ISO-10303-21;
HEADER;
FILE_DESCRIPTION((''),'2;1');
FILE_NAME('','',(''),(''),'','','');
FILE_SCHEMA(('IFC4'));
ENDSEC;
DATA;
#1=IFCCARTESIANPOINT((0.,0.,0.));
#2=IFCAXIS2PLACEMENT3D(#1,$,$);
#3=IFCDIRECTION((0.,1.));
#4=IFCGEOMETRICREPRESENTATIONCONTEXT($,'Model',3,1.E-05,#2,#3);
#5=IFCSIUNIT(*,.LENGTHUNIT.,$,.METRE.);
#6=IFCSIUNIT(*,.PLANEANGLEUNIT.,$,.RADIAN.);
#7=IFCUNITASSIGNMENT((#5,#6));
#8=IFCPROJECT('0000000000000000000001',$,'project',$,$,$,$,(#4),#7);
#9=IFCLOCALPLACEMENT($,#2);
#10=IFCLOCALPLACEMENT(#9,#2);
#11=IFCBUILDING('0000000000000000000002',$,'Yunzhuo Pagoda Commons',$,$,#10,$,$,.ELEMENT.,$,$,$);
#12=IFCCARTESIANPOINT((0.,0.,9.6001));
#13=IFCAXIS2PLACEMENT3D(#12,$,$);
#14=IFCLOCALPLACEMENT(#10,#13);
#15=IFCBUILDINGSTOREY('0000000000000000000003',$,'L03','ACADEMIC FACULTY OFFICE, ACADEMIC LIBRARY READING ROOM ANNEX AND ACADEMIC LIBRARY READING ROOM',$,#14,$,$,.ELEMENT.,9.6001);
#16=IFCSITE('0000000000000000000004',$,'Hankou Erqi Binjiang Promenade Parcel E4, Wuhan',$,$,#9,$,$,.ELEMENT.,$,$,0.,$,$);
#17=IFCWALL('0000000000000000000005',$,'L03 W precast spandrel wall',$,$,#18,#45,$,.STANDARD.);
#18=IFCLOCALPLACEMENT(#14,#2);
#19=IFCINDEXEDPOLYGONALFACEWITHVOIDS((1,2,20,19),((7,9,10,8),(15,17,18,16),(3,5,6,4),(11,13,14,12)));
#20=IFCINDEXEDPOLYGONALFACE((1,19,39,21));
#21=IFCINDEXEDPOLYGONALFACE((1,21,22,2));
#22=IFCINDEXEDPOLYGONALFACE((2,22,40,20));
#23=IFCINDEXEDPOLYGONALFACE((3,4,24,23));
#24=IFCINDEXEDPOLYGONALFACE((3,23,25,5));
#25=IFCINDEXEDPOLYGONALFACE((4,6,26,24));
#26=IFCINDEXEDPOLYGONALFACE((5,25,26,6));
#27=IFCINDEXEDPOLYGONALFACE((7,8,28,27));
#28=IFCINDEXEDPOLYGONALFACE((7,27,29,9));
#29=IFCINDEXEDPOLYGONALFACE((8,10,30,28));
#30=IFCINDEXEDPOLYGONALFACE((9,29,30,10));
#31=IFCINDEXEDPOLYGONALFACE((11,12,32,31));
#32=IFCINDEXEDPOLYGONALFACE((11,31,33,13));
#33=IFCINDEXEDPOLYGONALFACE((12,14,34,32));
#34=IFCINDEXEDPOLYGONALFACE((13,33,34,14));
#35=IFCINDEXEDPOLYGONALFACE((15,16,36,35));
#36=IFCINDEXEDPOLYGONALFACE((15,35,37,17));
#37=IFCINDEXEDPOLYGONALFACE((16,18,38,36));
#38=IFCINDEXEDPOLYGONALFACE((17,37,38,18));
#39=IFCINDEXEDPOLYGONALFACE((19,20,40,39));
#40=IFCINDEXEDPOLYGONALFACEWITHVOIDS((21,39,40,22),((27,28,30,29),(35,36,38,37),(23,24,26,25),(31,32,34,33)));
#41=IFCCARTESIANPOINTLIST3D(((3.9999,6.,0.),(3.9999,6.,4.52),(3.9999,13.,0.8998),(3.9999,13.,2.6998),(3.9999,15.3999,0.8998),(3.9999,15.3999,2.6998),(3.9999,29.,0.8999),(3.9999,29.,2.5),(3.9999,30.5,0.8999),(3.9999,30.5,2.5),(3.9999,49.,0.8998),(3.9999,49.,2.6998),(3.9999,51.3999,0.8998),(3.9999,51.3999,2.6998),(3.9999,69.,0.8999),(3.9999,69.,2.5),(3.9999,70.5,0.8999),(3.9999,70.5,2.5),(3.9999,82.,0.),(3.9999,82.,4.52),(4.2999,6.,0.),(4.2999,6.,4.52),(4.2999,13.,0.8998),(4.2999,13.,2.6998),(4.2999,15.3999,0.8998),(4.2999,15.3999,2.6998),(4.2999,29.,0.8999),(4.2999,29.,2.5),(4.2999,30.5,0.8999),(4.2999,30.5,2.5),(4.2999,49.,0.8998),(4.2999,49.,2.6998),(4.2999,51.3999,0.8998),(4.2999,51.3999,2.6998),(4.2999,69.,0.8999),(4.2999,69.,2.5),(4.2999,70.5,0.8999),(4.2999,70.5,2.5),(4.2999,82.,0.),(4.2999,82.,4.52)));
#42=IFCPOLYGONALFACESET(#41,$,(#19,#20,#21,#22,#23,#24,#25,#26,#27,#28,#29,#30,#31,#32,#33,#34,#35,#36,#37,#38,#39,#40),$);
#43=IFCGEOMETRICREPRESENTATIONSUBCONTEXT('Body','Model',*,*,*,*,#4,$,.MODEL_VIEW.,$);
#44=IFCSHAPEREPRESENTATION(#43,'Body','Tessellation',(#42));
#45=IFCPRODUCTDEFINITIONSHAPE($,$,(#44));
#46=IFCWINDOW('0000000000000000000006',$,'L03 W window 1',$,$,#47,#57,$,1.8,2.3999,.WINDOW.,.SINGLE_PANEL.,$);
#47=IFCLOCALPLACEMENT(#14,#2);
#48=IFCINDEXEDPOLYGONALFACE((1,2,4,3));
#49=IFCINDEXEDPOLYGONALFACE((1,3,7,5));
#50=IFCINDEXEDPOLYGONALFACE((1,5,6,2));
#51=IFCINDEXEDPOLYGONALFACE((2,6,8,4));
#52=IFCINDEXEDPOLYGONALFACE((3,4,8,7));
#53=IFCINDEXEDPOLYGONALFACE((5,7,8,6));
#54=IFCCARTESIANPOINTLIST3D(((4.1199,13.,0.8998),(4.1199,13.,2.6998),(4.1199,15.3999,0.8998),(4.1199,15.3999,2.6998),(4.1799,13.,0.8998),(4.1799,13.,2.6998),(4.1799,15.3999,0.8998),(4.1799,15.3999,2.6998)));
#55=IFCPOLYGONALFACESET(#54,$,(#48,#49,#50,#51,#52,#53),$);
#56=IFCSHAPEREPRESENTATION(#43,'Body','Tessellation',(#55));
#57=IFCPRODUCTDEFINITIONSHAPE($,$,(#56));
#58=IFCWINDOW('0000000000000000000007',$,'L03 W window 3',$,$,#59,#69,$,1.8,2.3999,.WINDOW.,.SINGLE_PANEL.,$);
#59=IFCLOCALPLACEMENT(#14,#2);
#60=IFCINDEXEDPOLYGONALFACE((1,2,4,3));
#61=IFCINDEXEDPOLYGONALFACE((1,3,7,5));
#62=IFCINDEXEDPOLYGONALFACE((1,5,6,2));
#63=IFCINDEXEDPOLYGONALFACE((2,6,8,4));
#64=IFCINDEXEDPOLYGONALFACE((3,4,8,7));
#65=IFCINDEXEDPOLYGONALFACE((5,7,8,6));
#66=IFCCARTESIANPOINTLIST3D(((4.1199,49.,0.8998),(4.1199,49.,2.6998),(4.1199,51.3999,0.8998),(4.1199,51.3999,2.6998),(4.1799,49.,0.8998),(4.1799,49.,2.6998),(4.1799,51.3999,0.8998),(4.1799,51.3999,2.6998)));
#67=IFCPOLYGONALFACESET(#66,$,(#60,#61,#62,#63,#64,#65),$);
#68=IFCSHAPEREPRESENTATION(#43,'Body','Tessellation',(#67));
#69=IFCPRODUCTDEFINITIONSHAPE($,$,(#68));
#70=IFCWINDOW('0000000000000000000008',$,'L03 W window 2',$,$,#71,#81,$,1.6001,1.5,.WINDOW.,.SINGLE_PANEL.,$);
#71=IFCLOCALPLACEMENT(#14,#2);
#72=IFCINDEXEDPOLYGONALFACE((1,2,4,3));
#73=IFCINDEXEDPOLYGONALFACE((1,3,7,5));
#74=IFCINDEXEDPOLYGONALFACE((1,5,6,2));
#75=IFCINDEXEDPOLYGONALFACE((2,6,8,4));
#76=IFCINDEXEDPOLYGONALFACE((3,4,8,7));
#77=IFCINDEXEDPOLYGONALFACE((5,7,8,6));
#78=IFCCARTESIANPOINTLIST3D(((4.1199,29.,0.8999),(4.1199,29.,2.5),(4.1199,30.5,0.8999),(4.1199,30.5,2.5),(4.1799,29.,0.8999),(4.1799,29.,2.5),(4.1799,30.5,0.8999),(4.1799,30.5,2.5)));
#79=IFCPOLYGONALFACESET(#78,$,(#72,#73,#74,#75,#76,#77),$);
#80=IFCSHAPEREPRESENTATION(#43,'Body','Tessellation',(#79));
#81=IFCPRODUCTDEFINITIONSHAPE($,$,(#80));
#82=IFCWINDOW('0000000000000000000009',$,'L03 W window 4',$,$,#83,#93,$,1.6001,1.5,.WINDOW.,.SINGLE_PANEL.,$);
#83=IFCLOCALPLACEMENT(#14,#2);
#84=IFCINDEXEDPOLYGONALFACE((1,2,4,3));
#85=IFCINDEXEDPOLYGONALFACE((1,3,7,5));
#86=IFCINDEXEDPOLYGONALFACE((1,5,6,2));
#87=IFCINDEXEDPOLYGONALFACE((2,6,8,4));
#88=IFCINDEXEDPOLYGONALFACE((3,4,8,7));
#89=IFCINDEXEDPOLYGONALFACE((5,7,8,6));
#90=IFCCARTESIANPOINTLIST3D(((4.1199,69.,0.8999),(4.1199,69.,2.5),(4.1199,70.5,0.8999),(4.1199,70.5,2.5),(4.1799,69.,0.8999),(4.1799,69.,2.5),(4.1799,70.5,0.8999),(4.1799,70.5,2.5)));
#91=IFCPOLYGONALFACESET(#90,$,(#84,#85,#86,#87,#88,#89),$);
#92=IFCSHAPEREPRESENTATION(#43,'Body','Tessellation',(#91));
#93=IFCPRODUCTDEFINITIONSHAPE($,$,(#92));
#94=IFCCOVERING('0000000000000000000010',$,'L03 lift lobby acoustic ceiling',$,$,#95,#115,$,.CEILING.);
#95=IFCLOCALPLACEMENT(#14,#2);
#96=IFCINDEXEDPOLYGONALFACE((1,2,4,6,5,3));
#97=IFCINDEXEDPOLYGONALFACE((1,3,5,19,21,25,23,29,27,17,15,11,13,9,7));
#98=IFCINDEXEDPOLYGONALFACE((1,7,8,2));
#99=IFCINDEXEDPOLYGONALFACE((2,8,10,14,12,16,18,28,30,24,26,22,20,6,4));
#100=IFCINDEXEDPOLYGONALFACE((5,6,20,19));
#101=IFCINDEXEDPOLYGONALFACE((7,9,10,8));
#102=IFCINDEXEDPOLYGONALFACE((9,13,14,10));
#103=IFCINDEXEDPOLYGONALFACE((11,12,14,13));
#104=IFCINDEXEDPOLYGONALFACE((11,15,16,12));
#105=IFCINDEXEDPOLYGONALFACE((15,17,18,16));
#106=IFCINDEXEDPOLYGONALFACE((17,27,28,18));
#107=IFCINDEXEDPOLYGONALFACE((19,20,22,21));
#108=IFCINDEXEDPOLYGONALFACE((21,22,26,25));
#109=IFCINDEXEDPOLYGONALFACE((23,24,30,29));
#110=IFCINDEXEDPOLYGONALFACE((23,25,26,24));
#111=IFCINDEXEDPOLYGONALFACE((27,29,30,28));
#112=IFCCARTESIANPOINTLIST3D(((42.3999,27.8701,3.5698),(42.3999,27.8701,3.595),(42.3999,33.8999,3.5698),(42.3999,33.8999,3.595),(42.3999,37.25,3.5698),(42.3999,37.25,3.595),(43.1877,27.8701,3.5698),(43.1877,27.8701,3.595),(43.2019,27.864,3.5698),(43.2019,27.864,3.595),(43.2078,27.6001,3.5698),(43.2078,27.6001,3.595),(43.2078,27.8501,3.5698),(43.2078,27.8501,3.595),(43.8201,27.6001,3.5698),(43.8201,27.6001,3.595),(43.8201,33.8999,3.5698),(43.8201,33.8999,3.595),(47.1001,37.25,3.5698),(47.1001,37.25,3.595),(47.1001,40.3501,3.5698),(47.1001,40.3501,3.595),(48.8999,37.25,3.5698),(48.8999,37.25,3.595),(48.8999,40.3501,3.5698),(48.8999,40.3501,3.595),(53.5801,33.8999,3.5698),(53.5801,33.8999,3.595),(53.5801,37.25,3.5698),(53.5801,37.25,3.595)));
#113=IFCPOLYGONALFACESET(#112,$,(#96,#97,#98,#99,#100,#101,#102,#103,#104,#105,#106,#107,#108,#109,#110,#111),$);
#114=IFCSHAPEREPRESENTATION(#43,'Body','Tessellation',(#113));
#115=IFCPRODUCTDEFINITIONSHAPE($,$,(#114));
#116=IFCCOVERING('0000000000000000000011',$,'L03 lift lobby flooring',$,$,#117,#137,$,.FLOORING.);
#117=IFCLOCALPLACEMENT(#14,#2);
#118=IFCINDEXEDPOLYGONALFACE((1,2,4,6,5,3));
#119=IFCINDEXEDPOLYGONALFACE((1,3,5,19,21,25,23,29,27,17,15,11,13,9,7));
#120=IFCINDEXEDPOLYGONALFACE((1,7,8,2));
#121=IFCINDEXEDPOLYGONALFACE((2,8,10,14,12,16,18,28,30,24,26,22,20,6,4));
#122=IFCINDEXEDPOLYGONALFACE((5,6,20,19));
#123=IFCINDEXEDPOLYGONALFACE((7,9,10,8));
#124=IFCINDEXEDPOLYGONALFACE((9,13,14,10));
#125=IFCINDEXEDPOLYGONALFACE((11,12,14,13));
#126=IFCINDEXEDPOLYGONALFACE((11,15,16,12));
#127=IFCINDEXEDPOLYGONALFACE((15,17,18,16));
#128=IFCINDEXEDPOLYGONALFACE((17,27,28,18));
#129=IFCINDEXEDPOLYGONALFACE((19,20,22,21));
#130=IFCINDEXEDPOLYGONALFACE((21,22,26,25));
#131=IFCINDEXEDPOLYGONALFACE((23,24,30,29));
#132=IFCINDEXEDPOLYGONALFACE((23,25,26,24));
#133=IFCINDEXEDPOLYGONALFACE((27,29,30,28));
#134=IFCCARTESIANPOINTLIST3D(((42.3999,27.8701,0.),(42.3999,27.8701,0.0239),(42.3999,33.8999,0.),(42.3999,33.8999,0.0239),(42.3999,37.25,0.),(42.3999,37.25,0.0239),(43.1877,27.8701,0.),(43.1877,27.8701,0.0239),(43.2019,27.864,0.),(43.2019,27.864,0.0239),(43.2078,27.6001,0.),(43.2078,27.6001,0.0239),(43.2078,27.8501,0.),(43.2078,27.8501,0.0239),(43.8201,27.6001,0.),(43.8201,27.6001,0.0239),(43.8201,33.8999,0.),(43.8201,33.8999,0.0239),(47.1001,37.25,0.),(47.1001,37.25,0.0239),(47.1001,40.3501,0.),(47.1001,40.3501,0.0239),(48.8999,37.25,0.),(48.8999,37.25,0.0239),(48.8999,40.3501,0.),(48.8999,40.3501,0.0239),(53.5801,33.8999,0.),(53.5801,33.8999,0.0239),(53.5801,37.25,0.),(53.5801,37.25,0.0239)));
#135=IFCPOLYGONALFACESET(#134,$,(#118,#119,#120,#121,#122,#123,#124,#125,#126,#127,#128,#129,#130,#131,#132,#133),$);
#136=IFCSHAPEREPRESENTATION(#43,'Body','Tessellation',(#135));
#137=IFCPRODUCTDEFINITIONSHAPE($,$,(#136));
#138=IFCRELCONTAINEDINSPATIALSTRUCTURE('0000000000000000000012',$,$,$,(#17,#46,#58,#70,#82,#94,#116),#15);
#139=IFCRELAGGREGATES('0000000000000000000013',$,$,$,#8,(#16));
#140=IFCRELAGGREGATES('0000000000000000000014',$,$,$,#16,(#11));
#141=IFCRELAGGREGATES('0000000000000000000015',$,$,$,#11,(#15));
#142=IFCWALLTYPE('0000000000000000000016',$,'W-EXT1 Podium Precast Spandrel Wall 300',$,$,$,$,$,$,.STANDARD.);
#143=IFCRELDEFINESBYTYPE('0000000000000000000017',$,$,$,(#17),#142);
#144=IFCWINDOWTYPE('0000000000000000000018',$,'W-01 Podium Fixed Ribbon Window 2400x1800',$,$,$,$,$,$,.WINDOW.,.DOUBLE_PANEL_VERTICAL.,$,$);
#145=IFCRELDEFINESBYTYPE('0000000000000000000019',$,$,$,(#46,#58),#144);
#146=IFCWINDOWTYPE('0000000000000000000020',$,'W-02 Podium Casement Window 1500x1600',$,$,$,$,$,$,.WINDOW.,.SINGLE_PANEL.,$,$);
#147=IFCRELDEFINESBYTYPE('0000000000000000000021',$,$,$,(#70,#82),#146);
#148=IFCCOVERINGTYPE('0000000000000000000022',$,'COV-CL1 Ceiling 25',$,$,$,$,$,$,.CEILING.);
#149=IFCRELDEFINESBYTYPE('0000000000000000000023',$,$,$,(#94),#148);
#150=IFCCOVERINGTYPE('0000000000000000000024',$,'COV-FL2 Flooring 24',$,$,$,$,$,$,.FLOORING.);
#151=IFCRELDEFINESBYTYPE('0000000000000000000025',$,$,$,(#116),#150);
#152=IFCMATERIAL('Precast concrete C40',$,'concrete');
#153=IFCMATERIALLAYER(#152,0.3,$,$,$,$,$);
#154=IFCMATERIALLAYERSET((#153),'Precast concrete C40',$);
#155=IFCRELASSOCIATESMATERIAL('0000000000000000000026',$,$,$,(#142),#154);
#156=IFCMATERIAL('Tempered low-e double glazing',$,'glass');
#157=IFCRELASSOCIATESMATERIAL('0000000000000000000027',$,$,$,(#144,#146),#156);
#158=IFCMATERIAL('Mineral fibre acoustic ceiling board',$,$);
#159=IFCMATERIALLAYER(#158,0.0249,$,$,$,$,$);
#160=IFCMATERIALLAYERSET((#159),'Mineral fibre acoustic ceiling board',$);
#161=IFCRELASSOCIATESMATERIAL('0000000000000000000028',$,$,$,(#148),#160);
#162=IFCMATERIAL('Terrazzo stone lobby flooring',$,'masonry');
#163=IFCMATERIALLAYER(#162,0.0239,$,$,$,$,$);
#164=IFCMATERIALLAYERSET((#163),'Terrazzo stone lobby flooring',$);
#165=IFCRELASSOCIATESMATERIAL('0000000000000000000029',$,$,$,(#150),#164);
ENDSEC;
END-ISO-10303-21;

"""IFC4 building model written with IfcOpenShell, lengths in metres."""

from ifc_helpers import new_model, si_unit, direction, frame, frame_2d, origin, origin_with_axes, place, context, subcontext, project, spatial, polyline, rectangle, outline, extrude, source, transform, mapped, material, layer, layer_set, type_object, element, fill, save


model = new_model("IFC4")

# Units and contexts
model_context = context("Model", 3, precision=1e-05, world=origin(), true_north=direction((0.0, 1.0)))
body_context = subcontext(model_context, "Body", "Model", "MODEL_VIEW")
ifc_project = project(units=[si_unit("LENGTHUNIT", "METRE"), si_unit("PLANEANGLEUNIT", "RADIAN")], contexts=[model_context])

# Site, building, storey
site_placement = place(None, origin())
site = spatial("IfcSite", under=ifc_project, at=site_placement, Name="Hankou Erqi Binjiang Promenade Parcel E4, Wuhan", CompositionType="ELEMENT", RefElevation=0.0)
building_placement = place(site_placement, origin())
building = spatial("IfcBuilding", under=site, at=building_placement, Name="Yunzhuo Pagoda Commons", CompositionType="ELEMENT")
storey_placement = place(building_placement, frame((0.0, 0.0, 9.6001)))
storey = spatial("IfcBuildingStorey", under=building, at=storey_placement, Name="L03", Description="ACADEMIC FACULTY OFFICE, ACADEMIC LIBRARY READING ROOM ANNEX AND ACADEMIC LIBRARY READING ROOM", CompositionType="ELEMENT", Elevation=9.6001)

# Shared definitions
ifc_material_1 = material(Name="Tempered low-e double glazing", Category="glass")

# Wall, openings, windows
ifc_material_2 = material(Name="Precast concrete C40", Category="concrete")
ifc_layer_1 = layer(ifc_material_2, 0.3)
ifc_layer_set_1 = layer_set([ifc_layer_1], Name="Precast concrete C40")
wall_type = type_object("IfcWallType", Name="W-EXT1 Podium Precast Spandrel Wall 300", PredefinedType="STANDARD", material=ifc_layer_set_1)
wall_placement = place(storey_placement, frame((4.1499, 6.0, 0.0), z_axis=(0.0, 0.0, 1.0), x_axis=(0.0, 1.0, 0.0)))
wall = element("IfcWall", 1, at=wall_placement, inside=storey, type_object=wall_type, Name="L03 W precast spandrel wall", PredefinedType="STANDARD", context=body_context, shape_type="SweptSolid", body=[
    extrude(rectangle(XDim=76.0, YDim=0.3, at=frame_2d((38.0, 0.0))), origin(), (0.0, 0.0, 1.0), 4.52),
])
opening_1_placement = place(wall_placement, frame((7.0, 0.0, 0.8999)))
opening_1 = element("IfcOpeningElement", 2, at=opening_1_placement, cuts=wall, PredefinedType="OPENING", context=body_context, shape_type="SweptSolid", body=[
    extrude(rectangle(XDim=2.3999, YDim=1.8, at=frame_2d((1.2, 0.8999))), frame((0.0, 0.1602, 0.0), z_axis=(0.0, -1.0, 0.0), x_axis=(1.0, 0.0, 0.0)), (0.0, 0.0, 1.0), 0.3201),
])
opening_2_placement = place(wall_placement, frame((23.0, 0.0, 0.8999)))
opening_2 = element("IfcOpeningElement", 3, at=opening_2_placement, cuts=wall, PredefinedType="OPENING", context=body_context, shape_type="SweptSolid", body=[
    extrude(rectangle(XDim=1.5, YDim=1.6001, at=frame_2d((0.75, 0.8))), frame((0.0, 0.1602, 0.0), z_axis=(0.0, -1.0, 0.0), x_axis=(1.0, 0.0, 0.0)), (0.0, 0.0, 1.0), 0.3201),
])
opening_3_placement = place(wall_placement, frame((43.0, 0.0, 0.8999)))
opening_3 = element("IfcOpeningElement", 4, at=opening_3_placement, cuts=wall, PredefinedType="OPENING", context=body_context, shape_type="SweptSolid", body=[
    extrude(rectangle(XDim=2.3999, YDim=1.8, at=frame_2d((1.2, 0.8999))), frame((0.0, 0.1602, 0.0), z_axis=(0.0, -1.0, 0.0), x_axis=(1.0, 0.0, 0.0)), (0.0, 0.0, 1.0), 0.3201),
])
opening_4_placement = place(wall_placement, frame((63.0, 0.0, 0.8999)))
opening_4 = element("IfcOpeningElement", 5, at=opening_4_placement, cuts=wall, PredefinedType="OPENING", context=body_context, shape_type="SweptSolid", body=[
    extrude(rectangle(XDim=1.5, YDim=1.6001, at=frame_2d((0.75, 0.8))), frame((0.0, 0.1602, 0.0), z_axis=(0.0, -1.0, 0.0), x_axis=(1.0, 0.0, 0.0)), (0.0, 0.0, 1.0), 0.3201),
])
window_type_1 = type_object("IfcWindowType", Name="W-01 Podium Fixed Ribbon Window 2400x1800", PartitioningType="DOUBLE_PANEL_VERTICAL", PredefinedType="WINDOW", material=ifc_material_1)
shared_shape_1 = source(origin(), body_context, "Body", "SweptSolid", [
    extrude(rectangle(XDim=2.3999, YDim=1.8, at=frame_2d((1.2, 0.8999))), frame((0.0, 0.03, 0.0), z_axis=(0.0, -1.0, 0.0), x_axis=(1.0, 0.0, 0.0)), (0.0, 0.0, 1.0), 0.0601),
])
window_1_placement = place(opening_1_placement, origin_with_axes())
window_1 = element("IfcWindow", 6, at=window_1_placement, inside=storey, type_object=window_type_1, Name="L03 W window 1", OverallHeight=1.8, OverallWidth=2.3999, PartitioningType="SINGLE_PANEL", PredefinedType="WINDOW", context=body_context, shape_type="MappedRepresentation", body=[
    mapped(shared_shape_1, transform((0.0, 0.0, 0.0), scale=1.0)),
])
fill(opening_1, window_1)
window_2_placement = place(opening_3_placement, origin_with_axes())
window_2 = element("IfcWindow", 7, at=window_2_placement, inside=storey, type_object=window_type_1, Name="L03 W window 3", OverallHeight=1.8, OverallWidth=2.3999, PartitioningType="SINGLE_PANEL", PredefinedType="WINDOW", context=body_context, shape_type="MappedRepresentation", body=[
    mapped(shared_shape_1, transform((0.0, 0.0, 0.0), scale=1.0)),
])
fill(opening_3, window_2)
window_type_2 = type_object("IfcWindowType", Name="W-02 Podium Casement Window 1500x1600", PartitioningType="SINGLE_PANEL", PredefinedType="WINDOW", material=ifc_material_1)
shared_shape_2 = source(origin(), body_context, "Body", "SweptSolid", [
    extrude(rectangle(XDim=1.5, YDim=1.6001, at=frame_2d((0.75, 0.8))), frame((0.0, 0.03, 0.0), z_axis=(0.0, -1.0, 0.0), x_axis=(1.0, 0.0, 0.0)), (0.0, 0.0, 1.0), 0.0601),
])
window_3_placement = place(opening_2_placement, origin_with_axes())
window_3 = element("IfcWindow", 8, at=window_3_placement, inside=storey, type_object=window_type_2, Name="L03 W window 2", OverallHeight=1.6001, OverallWidth=1.5, PartitioningType="SINGLE_PANEL", PredefinedType="WINDOW", context=body_context, shape_type="MappedRepresentation", body=[
    mapped(shared_shape_2, transform((0.0, 0.0, 0.0), scale=1.0)),
])
fill(opening_2, window_3)
window_4_placement = place(opening_4_placement, origin_with_axes())
window_4 = element("IfcWindow", 9, at=window_4_placement, inside=storey, type_object=window_type_2, Name="L03 W window 4", OverallHeight=1.6001, OverallWidth=1.5, PartitioningType="SINGLE_PANEL", PredefinedType="WINDOW", context=body_context, shape_type="MappedRepresentation", body=[
    mapped(shared_shape_2, transform((0.0, 0.0, 0.0), scale=1.0)),
])
fill(opening_4, window_4)

# Coverings
ifc_material_3 = material(Name="Mineral fibre acoustic ceiling board")
ifc_layer_2 = layer(ifc_material_3, 0.0249)
ifc_layer_set_2 = layer_set([ifc_layer_2], Name="Mineral fibre acoustic ceiling board")
covering_type_1 = type_object("IfcCoveringType", Name="COV-CL1 Ceiling 25", PredefinedType="CEILING", material=ifc_layer_set_2)
covering_1_placement = place(storey_placement, frame((0.0, 0.0, 3.5698)))
element("IfcCovering", 10, at=covering_1_placement, inside=storey, type_object=covering_type_1, Name="L03 lift lobby acoustic ceiling", PredefinedType="CEILING", context=body_context, shape_type="SweptSolid", body=[
    extrude(outline(polyline([(43.2078, 27.8501), (43.2019, 27.864), (43.1877, 27.8701), (42.3999, 27.8701), (42.3999, 33.8999), (42.3999, 37.25), (47.1001, 37.25), (47.1001, 40.3501), (48.8999, 40.3501), (48.8999, 37.25), (53.5801, 37.25), (53.5801, 33.8999), (43.8201, 33.8999), (43.8201, 27.6001), (43.2078, 27.6001), (43.2078, 27.8501)])), origin(), (0.0, 0.0, 1.0), 0.0251),
])
ifc_material_4 = material(Name="Terrazzo stone lobby flooring", Category="masonry")
ifc_layer_3 = layer(ifc_material_4, 0.0239)
ifc_layer_set_3 = layer_set([ifc_layer_3], Name="Terrazzo stone lobby flooring")
covering_type_2 = type_object("IfcCoveringType", Name="COV-FL2 Flooring 24", PredefinedType="FLOORING", material=ifc_layer_set_3)
covering_2_placement = place(storey_placement, origin())
element("IfcCovering", 11, at=covering_2_placement, inside=storey, type_object=covering_type_2, Name="L03 lift lobby flooring", PredefinedType="FLOORING", context=body_context, shape_type="SweptSolid", body=[
    extrude(outline(polyline([(43.2078, 27.8501), (43.2019, 27.864), (43.1877, 27.8701), (42.3999, 27.8701), (42.3999, 33.8999), (42.3999, 37.25), (47.1001, 37.25), (47.1001, 40.3501), (48.8999, 40.3501), (48.8999, 37.25), (53.5801, 37.25), (53.5801, 33.8999), (43.8201, 33.8999), (43.8201, 27.6001), (43.2078, 27.6001), (43.2078, 27.8501)])), origin(), (0.0, 0.0, 1.0), 0.0239),
])

save(model, "model.ifc")
